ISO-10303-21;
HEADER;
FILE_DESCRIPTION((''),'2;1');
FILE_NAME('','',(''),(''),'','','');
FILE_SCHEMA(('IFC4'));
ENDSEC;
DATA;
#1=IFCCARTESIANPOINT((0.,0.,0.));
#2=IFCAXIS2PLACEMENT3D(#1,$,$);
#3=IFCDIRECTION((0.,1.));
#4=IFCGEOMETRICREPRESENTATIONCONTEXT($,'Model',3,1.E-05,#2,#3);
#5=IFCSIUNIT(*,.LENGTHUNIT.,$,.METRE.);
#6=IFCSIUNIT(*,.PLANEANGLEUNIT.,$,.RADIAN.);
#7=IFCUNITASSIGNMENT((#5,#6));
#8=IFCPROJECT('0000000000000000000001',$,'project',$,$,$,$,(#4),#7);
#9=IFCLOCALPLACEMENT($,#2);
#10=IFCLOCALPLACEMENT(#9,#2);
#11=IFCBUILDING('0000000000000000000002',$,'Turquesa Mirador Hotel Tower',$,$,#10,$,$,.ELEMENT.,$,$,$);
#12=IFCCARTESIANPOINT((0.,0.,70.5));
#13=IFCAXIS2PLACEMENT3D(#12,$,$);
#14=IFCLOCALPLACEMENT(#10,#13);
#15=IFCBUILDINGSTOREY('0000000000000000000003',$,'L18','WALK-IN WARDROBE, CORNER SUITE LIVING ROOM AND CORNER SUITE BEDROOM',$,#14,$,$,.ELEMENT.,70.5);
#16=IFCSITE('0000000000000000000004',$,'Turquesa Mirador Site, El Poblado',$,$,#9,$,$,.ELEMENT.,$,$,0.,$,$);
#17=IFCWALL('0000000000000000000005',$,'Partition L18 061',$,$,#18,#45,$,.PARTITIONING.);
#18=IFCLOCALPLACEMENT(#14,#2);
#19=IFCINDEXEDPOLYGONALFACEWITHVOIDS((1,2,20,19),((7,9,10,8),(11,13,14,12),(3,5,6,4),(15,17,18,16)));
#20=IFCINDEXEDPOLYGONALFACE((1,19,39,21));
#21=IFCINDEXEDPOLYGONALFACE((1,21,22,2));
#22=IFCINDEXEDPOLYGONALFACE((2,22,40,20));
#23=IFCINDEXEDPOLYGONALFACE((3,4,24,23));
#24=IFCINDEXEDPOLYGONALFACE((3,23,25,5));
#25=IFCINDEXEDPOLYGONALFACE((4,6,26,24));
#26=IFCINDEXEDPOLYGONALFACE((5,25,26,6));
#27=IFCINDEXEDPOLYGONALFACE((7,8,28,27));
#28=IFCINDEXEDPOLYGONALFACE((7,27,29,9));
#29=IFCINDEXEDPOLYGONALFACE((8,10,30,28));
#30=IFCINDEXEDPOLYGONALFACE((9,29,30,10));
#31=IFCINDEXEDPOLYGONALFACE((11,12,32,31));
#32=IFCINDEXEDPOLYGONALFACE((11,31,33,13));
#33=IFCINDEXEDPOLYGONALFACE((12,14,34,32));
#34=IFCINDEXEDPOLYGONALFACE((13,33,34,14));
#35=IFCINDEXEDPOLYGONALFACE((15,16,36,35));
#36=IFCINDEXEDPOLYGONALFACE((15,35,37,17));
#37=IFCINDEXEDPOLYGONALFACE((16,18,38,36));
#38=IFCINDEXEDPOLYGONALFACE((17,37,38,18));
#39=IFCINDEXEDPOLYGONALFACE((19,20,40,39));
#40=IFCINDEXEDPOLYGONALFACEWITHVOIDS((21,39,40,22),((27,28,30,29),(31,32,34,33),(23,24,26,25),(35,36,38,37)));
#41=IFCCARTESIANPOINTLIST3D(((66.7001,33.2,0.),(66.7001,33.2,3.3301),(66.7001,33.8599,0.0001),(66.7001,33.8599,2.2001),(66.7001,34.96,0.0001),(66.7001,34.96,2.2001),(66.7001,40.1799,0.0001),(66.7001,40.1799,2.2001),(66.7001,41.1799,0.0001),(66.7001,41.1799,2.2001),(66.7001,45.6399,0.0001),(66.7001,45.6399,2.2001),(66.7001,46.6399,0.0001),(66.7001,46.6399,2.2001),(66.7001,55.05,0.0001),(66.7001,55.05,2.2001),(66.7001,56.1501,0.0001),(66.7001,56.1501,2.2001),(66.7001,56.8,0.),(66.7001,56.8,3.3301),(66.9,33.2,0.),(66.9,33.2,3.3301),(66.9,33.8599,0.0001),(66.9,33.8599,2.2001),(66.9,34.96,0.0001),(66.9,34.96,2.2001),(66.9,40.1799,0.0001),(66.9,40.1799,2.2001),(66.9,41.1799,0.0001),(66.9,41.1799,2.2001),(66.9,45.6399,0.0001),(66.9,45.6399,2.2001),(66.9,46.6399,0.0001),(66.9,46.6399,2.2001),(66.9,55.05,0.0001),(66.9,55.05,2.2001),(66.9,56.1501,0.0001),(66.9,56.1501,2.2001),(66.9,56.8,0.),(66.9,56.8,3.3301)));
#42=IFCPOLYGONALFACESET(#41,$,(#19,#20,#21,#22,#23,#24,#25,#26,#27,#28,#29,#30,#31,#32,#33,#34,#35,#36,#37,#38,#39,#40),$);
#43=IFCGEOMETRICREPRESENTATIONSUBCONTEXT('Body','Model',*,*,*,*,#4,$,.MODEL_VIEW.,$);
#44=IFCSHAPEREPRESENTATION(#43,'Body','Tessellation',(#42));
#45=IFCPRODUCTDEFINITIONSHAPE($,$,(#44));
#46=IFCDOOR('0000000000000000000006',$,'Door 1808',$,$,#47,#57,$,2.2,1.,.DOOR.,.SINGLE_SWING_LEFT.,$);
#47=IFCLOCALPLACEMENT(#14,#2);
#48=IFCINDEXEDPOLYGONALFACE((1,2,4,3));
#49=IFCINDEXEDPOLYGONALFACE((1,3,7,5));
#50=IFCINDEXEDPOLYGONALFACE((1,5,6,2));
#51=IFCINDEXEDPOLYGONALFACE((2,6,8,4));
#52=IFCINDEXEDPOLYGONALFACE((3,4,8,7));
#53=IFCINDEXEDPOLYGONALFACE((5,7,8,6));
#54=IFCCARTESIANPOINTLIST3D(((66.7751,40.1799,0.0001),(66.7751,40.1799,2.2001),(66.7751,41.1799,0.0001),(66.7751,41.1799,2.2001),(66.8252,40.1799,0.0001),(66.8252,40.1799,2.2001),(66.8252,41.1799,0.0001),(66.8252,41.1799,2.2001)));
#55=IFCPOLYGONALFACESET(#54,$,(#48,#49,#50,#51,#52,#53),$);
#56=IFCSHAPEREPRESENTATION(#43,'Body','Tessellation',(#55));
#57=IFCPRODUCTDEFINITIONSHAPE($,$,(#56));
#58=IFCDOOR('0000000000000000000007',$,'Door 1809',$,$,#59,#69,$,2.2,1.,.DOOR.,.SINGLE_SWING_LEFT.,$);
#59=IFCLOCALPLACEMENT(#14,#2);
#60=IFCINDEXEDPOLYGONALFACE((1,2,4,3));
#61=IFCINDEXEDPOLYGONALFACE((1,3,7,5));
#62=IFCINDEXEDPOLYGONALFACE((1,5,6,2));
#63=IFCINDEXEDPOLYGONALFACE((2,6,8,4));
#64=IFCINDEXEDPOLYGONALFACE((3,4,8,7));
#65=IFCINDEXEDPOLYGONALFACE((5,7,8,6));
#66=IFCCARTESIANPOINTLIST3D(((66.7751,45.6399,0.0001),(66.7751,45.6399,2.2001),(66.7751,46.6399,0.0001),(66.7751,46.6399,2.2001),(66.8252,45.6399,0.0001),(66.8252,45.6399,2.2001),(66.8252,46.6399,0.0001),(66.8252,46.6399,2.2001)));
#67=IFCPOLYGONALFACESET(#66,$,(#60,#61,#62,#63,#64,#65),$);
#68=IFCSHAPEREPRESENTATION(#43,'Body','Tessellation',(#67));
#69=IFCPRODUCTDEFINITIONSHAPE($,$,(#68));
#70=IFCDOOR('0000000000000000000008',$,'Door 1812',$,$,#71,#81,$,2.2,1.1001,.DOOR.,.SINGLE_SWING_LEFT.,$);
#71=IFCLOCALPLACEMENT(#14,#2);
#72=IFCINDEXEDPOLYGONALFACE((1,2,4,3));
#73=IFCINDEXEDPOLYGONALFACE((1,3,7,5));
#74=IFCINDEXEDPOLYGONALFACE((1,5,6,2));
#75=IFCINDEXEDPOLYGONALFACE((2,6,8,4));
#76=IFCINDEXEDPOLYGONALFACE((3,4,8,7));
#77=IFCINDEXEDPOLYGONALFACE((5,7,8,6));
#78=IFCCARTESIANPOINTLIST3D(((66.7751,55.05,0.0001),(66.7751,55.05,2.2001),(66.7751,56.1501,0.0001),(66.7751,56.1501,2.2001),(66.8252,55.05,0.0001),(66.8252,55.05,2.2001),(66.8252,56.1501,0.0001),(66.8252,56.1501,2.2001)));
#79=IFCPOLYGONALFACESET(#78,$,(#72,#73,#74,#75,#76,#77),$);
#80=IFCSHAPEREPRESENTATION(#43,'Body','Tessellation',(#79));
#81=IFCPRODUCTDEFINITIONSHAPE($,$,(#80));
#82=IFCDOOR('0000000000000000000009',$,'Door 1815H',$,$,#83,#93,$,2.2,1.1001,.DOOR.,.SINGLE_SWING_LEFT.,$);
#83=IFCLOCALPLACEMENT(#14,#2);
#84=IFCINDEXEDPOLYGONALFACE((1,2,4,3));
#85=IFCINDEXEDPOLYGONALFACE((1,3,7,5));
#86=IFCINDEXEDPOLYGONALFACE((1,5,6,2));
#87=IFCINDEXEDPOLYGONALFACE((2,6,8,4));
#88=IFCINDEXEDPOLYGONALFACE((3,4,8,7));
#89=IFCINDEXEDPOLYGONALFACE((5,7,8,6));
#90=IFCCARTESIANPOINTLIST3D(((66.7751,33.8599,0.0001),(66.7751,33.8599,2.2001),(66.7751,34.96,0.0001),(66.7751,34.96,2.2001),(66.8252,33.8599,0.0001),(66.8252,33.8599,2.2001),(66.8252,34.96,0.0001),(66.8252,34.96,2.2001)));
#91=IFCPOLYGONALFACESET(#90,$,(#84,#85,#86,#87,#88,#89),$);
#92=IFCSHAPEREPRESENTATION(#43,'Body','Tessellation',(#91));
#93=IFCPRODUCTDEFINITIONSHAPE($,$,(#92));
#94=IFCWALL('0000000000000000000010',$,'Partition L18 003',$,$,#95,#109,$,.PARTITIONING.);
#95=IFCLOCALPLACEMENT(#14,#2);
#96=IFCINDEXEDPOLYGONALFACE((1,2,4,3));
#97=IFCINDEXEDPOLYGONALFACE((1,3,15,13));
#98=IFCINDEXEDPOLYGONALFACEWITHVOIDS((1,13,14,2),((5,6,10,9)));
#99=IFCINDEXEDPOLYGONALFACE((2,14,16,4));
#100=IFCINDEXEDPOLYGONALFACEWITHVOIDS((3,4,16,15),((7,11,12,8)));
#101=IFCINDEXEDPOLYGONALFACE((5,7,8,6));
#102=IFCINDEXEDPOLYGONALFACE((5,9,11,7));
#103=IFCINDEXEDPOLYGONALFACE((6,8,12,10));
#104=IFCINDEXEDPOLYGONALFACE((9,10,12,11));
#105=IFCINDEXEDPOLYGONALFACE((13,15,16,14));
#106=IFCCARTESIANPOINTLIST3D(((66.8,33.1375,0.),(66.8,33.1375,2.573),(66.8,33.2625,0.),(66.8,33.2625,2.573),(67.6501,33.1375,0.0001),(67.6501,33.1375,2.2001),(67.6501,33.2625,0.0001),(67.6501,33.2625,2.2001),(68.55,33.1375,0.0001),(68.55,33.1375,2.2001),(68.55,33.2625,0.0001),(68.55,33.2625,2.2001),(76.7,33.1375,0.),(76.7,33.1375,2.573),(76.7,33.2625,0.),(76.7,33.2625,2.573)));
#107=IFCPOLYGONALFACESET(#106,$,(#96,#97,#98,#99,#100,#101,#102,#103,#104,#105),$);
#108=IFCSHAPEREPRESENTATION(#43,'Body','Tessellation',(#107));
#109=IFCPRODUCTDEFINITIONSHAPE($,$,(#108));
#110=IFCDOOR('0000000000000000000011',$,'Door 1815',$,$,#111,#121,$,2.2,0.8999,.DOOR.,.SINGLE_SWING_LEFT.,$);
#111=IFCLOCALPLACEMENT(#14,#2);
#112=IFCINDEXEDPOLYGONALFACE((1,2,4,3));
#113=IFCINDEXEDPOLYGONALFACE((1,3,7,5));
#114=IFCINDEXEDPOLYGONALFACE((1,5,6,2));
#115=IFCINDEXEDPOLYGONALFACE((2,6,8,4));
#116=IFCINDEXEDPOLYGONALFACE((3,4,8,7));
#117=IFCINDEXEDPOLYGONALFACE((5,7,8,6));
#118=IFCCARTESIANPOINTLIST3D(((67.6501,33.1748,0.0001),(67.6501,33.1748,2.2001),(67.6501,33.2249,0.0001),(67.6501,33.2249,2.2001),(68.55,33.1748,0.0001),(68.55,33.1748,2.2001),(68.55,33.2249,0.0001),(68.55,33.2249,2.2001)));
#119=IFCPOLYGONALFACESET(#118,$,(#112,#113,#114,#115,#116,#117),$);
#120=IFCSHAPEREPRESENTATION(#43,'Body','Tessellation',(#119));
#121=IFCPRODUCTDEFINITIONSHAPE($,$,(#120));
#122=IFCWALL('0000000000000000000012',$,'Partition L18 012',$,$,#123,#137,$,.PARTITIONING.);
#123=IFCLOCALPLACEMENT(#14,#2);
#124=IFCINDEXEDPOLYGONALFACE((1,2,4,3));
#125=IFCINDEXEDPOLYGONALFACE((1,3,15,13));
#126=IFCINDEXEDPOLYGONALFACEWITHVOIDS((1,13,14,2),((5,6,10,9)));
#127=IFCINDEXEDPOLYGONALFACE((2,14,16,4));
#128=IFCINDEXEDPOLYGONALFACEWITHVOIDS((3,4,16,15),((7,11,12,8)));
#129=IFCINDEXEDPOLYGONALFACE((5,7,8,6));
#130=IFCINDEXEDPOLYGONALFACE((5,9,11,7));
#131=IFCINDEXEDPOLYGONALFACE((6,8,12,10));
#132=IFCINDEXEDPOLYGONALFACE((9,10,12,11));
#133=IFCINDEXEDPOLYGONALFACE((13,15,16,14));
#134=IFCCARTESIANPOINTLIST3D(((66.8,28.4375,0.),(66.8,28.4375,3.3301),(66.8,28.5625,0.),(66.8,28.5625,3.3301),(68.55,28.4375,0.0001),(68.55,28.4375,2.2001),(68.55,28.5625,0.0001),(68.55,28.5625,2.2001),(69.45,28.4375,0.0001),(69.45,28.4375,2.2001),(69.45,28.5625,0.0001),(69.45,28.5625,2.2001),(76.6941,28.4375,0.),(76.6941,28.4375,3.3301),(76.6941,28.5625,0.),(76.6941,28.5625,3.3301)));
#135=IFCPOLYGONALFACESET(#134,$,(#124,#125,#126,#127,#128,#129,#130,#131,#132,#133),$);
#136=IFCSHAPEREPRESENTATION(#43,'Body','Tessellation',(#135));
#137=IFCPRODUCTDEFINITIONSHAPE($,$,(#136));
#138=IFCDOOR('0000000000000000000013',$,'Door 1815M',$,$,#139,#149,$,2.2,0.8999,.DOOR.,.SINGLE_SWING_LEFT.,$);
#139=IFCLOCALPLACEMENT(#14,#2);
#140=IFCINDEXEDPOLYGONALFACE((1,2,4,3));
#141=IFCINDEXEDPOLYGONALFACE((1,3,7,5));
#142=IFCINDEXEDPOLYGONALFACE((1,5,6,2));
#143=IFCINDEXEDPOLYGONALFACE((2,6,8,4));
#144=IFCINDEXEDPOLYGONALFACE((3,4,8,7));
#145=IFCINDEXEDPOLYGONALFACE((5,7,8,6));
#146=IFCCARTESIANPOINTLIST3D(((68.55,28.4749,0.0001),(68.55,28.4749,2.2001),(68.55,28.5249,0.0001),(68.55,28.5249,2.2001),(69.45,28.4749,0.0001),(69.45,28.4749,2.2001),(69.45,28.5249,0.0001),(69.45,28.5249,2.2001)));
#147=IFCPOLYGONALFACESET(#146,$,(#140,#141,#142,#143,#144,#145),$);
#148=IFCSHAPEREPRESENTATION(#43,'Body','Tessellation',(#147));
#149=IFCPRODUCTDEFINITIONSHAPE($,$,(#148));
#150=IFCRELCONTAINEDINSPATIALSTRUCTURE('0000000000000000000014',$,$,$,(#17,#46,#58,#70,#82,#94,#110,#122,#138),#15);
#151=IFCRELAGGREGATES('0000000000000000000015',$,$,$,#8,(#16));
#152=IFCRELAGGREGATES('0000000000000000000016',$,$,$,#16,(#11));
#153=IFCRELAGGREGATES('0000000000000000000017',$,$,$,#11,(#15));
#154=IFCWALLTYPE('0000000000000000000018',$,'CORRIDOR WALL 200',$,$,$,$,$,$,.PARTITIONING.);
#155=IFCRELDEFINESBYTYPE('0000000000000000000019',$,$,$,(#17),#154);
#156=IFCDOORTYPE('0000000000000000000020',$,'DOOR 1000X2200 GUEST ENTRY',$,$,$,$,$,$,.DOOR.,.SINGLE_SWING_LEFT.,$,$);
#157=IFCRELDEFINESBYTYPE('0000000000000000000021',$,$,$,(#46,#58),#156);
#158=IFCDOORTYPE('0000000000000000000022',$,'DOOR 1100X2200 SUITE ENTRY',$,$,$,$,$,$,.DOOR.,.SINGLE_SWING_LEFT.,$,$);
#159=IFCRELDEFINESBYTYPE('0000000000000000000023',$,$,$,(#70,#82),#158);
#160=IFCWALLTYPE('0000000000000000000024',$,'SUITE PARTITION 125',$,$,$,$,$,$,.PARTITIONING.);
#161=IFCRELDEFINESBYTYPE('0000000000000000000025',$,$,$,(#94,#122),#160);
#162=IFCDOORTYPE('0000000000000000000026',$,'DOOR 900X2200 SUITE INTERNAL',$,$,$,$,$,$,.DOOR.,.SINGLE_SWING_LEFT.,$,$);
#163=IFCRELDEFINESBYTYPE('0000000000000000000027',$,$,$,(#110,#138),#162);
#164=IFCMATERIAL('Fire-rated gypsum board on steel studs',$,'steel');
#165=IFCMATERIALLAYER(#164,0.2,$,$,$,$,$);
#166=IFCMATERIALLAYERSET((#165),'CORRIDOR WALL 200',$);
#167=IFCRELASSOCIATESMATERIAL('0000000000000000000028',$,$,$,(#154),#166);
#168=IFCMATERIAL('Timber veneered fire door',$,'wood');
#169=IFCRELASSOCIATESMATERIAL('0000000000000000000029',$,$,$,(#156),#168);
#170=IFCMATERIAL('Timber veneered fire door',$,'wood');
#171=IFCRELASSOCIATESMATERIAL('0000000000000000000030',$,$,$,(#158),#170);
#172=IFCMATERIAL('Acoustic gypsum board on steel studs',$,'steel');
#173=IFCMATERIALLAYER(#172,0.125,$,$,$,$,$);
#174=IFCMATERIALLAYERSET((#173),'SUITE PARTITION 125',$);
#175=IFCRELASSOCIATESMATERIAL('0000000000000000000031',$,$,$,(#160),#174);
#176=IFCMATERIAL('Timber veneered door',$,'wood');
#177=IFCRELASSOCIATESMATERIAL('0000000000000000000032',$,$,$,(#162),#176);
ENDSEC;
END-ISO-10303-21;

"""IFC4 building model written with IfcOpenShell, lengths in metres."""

from ifc_helpers import new_model, si_unit, direction, frame, frame_2d, origin, place, context, subcontext, project, spatial, rectangle, extrude, material, layer, layer_set, type_object, element, fill, save


model = new_model("IFC4")

# Units and contexts
model_context = context("Model", 3, precision=1e-05, world=origin(), true_north=direction((0.0, 1.0)))
body_context = subcontext(model_context, "Body", "Model", "MODEL_VIEW")
ifc_project = project(units=[si_unit("LENGTHUNIT", "METRE"), si_unit("PLANEANGLEUNIT", "RADIAN")], contexts=[model_context])

# Site, building, storey
site_placement = place(None, origin())
site = spatial("IfcSite", under=ifc_project, at=site_placement, Name="Turquesa Mirador Site, El Poblado", CompositionType="ELEMENT", RefElevation=0.0)
building_placement = place(site_placement, origin())
building = spatial("IfcBuilding", under=site, at=building_placement, Name="Turquesa Mirador Hotel Tower", CompositionType="ELEMENT")
storey_placement = place(building_placement, frame((0.0, 0.0, 70.5)))
storey = spatial("IfcBuildingStorey", under=building, at=storey_placement, Name="L18", Description="WALK-IN WARDROBE, CORNER SUITE LIVING ROOM AND CORNER SUITE BEDROOM", CompositionType="ELEMENT", Elevation=70.5)

# Wall, openings, doors
ifc_material_1 = material(Name="Fire-rated gypsum board on steel studs", Category="steel")
ifc_layer_1 = layer(ifc_material_1, 0.2)
ifc_layer_set_1 = layer_set([ifc_layer_1], Name="CORRIDOR WALL 200")
wall_type_1 = type_object("IfcWallType", Name="CORRIDOR WALL 200", PredefinedType="PARTITIONING", material=ifc_layer_set_1)
wall_1_placement = place(storey_placement, frame((66.8, 33.2, 0.0), z_axis=(0.0, 0.0, 1.0), x_axis=(0.0, 1.0, 0.0)))
wall_1 = element("IfcWall", 1, at=wall_1_placement, inside=storey, type_object=wall_type_1, Name="Partition L18 061", PredefinedType="PARTITIONING", context=body_context, shape_type="SweptSolid", body=[
    extrude(rectangle(XDim=23.6001, YDim=0.2, at=frame_2d((11.8, 0.0))), origin(), (0.0, 0.0, 1.0), 3.3301),
])
opening_1_placement = place(wall_1_placement, frame((6.98, 0.0, 0.0)))
opening_1 = element("IfcOpeningElement", 2, at=opening_1_placement, cuts=wall_1, PredefinedType="OPENING", context=body_context, shape_type="SweptSolid", body=[
    extrude(rectangle(XDim=1.0, YDim=2.2, at=frame_2d((0.5, 1.1001))), frame((0.0, 0.1099, 0.0), z_axis=(0.0, -1.0, 0.0), x_axis=(1.0, 0.0, 0.0)), (0.0, 0.0, 1.0), 0.22),
])
opening_2_placement = place(wall_1_placement, frame((12.4399, 0.0, 0.0)))
opening_2 = element("IfcOpeningElement", 3, at=opening_2_placement, cuts=wall_1, PredefinedType="OPENING", context=body_context, shape_type="SweptSolid", body=[
    extrude(rectangle(XDim=1.0, YDim=2.2, at=frame_2d((0.5, 1.1001))), frame((0.0, 0.1099, 0.0), z_axis=(0.0, -1.0, 0.0), x_axis=(1.0, 0.0, 0.0)), (0.0, 0.0, 1.0), 0.22),
])
opening_3_placement = place(wall_1_placement, frame((21.8501, 0.0, 0.0)))
opening_3 = element("IfcOpeningElement", 4, at=opening_3_placement, cuts=wall_1, PredefinedType="OPENING", context=body_context, shape_type="SweptSolid", body=[
    extrude(rectangle(XDim=1.1001, YDim=2.2, at=frame_2d((0.55, 1.1001))), frame((0.0, 0.1099, 0.0), z_axis=(0.0, -1.0, 0.0), x_axis=(1.0, 0.0, 0.0)), (0.0, 0.0, 1.0), 0.22),
])
opening_4_placement = place(wall_1_placement, frame((0.6599, 0.0, 0.0)))
opening_4 = element("IfcOpeningElement", 5, at=opening_4_placement, cuts=wall_1, PredefinedType="OPENING", context=body_context, shape_type="SweptSolid", body=[
    extrude(rectangle(XDim=1.1001, YDim=2.2, at=frame_2d((0.55, 1.1001))), frame((0.0, 0.1099, 0.0), z_axis=(0.0, -1.0, 0.0), x_axis=(1.0, 0.0, 0.0)), (0.0, 0.0, 1.0), 0.22),
])
ifc_material_2 = material(Name="Timber veneered fire door", Category="wood")
door_type_1 = type_object("IfcDoorType", Name="DOOR 1000X2200 GUEST ENTRY", OperationType="SINGLE_SWING_LEFT", PredefinedType="DOOR", material=ifc_material_2)
door_1_placement = place(opening_1_placement, origin())
door_1 = element("IfcDoor", 6, at=door_1_placement, inside=storey, type_object=door_type_1, Name="Door 1808", OperationType="SINGLE_SWING_LEFT", OverallHeight=2.2, OverallWidth=1.0, PredefinedType="DOOR", context=body_context, shape_type="SweptSolid", body=[
    extrude(rectangle(XDim=1.0, YDim=2.2, at=frame_2d((0.5, 1.1001))), frame((0.0, 0.0249, 0.0), z_axis=(0.0, -1.0, 0.0), x_axis=(1.0, 0.0, 0.0)), (0.0, 0.0, 1.0), 0.05),
])
fill(opening_1, door_1)
door_2_placement = place(opening_2_placement, origin())
door_2 = element("IfcDoor", 7, at=door_2_placement, inside=storey, type_object=door_type_1, Name="Door 1809", OperationType="SINGLE_SWING_LEFT", OverallHeight=2.2, OverallWidth=1.0, PredefinedType="DOOR", context=body_context, shape_type="SweptSolid", body=[
    extrude(rectangle(XDim=1.0, YDim=2.2, at=frame_2d((0.5, 1.1001))), frame((0.0, 0.0249, 0.0), z_axis=(0.0, -1.0, 0.0), x_axis=(1.0, 0.0, 0.0)), (0.0, 0.0, 1.0), 0.05),
])
fill(opening_2, door_2)
ifc_material_3 = material(Name="Timber veneered fire door", Category="wood")
door_type_2 = type_object("IfcDoorType", Name="DOOR 1100X2200 SUITE ENTRY", OperationType="SINGLE_SWING_LEFT", PredefinedType="DOOR", material=ifc_material_3)
door_3_placement = place(opening_3_placement, origin())
door_3 = element("IfcDoor", 8, at=door_3_placement, inside=storey, type_object=door_type_2, Name="Door 1812", OperationType="SINGLE_SWING_LEFT", OverallHeight=2.2, OverallWidth=1.1001, PredefinedType="DOOR", context=body_context, shape_type="SweptSolid", body=[
    extrude(rectangle(XDim=1.1001, YDim=2.2, at=frame_2d((0.55, 1.1001))), frame((0.0, 0.0249, 0.0), z_axis=(0.0, -1.0, 0.0), x_axis=(1.0, 0.0, 0.0)), (0.0, 0.0, 1.0), 0.05),
])
fill(opening_3, door_3)
door_4_placement = place(opening_4_placement, origin())
door_4 = element("IfcDoor", 9, at=door_4_placement, inside=storey, type_object=door_type_2, Name="Door 1815H", OperationType="SINGLE_SWING_LEFT", OverallHeight=2.2, OverallWidth=1.1001, PredefinedType="DOOR", context=body_context, shape_type="SweptSolid", body=[
    extrude(rectangle(XDim=1.1001, YDim=2.2, at=frame_2d((0.55, 1.1001))), frame((0.0, 0.0249, 0.0), z_axis=(0.0, -1.0, 0.0), x_axis=(1.0, 0.0, 0.0)), (0.0, 0.0, 1.0), 0.05),
])
fill(opening_4, door_4)

# Walls, openings, doors
ifc_material_4 = material(Name="Acoustic gypsum board on steel studs", Category="steel")
ifc_layer_2 = layer(ifc_material_4, 0.125)
ifc_layer_set_2 = layer_set([ifc_layer_2], Name="SUITE PARTITION 125")
wall_type_2 = type_object("IfcWallType", Name="SUITE PARTITION 125", PredefinedType="PARTITIONING", material=ifc_layer_set_2)
wall_2_placement = place(storey_placement, frame((66.8, 33.2, 0.0), z_axis=(0.0, 0.0, 1.0), x_axis=(1.0, 0.0, 0.0)))
wall_2 = element("IfcWall", 10, at=wall_2_placement, inside=storey, type_object=wall_type_2, Name="Partition L18 003", PredefinedType="PARTITIONING", context=body_context, shape_type="SweptSolid", body=[
    extrude(rectangle(XDim=9.8999, YDim=0.125, at=frame_2d((4.95, 0.0))), origin(), (0.0, 0.0, 1.0), 2.573),
])
opening_5_placement = place(wall_2_placement, frame((0.8501, 0.0, 0.0)))
opening_5 = element("IfcOpeningElement", 11, at=opening_5_placement, cuts=wall_2, PredefinedType="OPENING", context=body_context, shape_type="SweptSolid", body=[
    extrude(rectangle(XDim=0.8999, YDim=2.2, at=frame_2d((0.45, 1.1001))), frame((0.0, 0.0725, 0.0), z_axis=(0.0, -1.0, 0.0), x_axis=(1.0, 0.0, 0.0)), (0.0, 0.0, 1.0), 0.145),
])
ifc_material_5 = material(Name="Timber veneered door", Category="wood")
door_type_3 = type_object("IfcDoorType", Name="DOOR 900X2200 SUITE INTERNAL", OperationType="SINGLE_SWING_LEFT", PredefinedType="DOOR", material=ifc_material_5)
door_5_placement = place(opening_5_placement, origin())
door_5 = element("IfcDoor", 12, at=door_5_placement, inside=storey, type_object=door_type_3, Name="Door 1815", OperationType="SINGLE_SWING_LEFT", OverallHeight=2.2, OverallWidth=0.8999, PredefinedType="DOOR", context=body_context, shape_type="SweptSolid", body=[
    extrude(rectangle(XDim=0.8999, YDim=2.2, at=frame_2d((0.45, 1.1001))), frame((0.0, 0.0249, 0.0), z_axis=(0.0, -1.0, 0.0), x_axis=(1.0, 0.0, 0.0)), (0.0, 0.0, 1.0), 0.05),
])
fill(opening_5, door_5)
wall_3_placement = place(storey_placement, frame((66.8, 28.5, 0.0), z_axis=(0.0, 0.0, 1.0), x_axis=(1.0, 0.0, 0.0)))
wall_3 = element("IfcWall", 13, at=wall_3_placement, inside=storey, type_object=wall_type_2, Name="Partition L18 012", PredefinedType="PARTITIONING", context=body_context, shape_type="SweptSolid", body=[
    extrude(rectangle(XDim=9.894, YDim=0.125, at=frame_2d((4.947, 0.0))), origin(), (0.0, 0.0, 1.0), 3.3301),
])
opening_6_placement = place(wall_3_placement, frame((1.75, 0.0, 0.0)))
opening_6 = element("IfcOpeningElement", 14, at=opening_6_placement, cuts=wall_3, PredefinedType="OPENING", context=body_context, shape_type="SweptSolid", body=[
    extrude(rectangle(XDim=0.8999, YDim=2.2, at=frame_2d((0.45, 1.1001))), frame((0.0, 0.0725, 0.0), z_axis=(0.0, -1.0, 0.0), x_axis=(1.0, 0.0, 0.0)), (0.0, 0.0, 1.0), 0.145),
])
door_6_placement = place(opening_6_placement, origin())
door_6 = element("IfcDoor", 15, at=door_6_placement, inside=storey, type_object=door_type_3, Name="Door 1815M", OperationType="SINGLE_SWING_LEFT", OverallHeight=2.2, OverallWidth=0.8999, PredefinedType="DOOR", context=body_context, shape_type="SweptSolid", body=[
    extrude(rectangle(XDim=0.8999, YDim=2.2, at=frame_2d((0.45, 1.1001))), frame((0.0, 0.0249, 0.0), z_axis=(0.0, -1.0, 0.0), x_axis=(1.0, 0.0, 0.0)), (0.0, 0.0, 1.0), 0.05),
])
fill(opening_6, door_6)

save(model, "model.ifc")
